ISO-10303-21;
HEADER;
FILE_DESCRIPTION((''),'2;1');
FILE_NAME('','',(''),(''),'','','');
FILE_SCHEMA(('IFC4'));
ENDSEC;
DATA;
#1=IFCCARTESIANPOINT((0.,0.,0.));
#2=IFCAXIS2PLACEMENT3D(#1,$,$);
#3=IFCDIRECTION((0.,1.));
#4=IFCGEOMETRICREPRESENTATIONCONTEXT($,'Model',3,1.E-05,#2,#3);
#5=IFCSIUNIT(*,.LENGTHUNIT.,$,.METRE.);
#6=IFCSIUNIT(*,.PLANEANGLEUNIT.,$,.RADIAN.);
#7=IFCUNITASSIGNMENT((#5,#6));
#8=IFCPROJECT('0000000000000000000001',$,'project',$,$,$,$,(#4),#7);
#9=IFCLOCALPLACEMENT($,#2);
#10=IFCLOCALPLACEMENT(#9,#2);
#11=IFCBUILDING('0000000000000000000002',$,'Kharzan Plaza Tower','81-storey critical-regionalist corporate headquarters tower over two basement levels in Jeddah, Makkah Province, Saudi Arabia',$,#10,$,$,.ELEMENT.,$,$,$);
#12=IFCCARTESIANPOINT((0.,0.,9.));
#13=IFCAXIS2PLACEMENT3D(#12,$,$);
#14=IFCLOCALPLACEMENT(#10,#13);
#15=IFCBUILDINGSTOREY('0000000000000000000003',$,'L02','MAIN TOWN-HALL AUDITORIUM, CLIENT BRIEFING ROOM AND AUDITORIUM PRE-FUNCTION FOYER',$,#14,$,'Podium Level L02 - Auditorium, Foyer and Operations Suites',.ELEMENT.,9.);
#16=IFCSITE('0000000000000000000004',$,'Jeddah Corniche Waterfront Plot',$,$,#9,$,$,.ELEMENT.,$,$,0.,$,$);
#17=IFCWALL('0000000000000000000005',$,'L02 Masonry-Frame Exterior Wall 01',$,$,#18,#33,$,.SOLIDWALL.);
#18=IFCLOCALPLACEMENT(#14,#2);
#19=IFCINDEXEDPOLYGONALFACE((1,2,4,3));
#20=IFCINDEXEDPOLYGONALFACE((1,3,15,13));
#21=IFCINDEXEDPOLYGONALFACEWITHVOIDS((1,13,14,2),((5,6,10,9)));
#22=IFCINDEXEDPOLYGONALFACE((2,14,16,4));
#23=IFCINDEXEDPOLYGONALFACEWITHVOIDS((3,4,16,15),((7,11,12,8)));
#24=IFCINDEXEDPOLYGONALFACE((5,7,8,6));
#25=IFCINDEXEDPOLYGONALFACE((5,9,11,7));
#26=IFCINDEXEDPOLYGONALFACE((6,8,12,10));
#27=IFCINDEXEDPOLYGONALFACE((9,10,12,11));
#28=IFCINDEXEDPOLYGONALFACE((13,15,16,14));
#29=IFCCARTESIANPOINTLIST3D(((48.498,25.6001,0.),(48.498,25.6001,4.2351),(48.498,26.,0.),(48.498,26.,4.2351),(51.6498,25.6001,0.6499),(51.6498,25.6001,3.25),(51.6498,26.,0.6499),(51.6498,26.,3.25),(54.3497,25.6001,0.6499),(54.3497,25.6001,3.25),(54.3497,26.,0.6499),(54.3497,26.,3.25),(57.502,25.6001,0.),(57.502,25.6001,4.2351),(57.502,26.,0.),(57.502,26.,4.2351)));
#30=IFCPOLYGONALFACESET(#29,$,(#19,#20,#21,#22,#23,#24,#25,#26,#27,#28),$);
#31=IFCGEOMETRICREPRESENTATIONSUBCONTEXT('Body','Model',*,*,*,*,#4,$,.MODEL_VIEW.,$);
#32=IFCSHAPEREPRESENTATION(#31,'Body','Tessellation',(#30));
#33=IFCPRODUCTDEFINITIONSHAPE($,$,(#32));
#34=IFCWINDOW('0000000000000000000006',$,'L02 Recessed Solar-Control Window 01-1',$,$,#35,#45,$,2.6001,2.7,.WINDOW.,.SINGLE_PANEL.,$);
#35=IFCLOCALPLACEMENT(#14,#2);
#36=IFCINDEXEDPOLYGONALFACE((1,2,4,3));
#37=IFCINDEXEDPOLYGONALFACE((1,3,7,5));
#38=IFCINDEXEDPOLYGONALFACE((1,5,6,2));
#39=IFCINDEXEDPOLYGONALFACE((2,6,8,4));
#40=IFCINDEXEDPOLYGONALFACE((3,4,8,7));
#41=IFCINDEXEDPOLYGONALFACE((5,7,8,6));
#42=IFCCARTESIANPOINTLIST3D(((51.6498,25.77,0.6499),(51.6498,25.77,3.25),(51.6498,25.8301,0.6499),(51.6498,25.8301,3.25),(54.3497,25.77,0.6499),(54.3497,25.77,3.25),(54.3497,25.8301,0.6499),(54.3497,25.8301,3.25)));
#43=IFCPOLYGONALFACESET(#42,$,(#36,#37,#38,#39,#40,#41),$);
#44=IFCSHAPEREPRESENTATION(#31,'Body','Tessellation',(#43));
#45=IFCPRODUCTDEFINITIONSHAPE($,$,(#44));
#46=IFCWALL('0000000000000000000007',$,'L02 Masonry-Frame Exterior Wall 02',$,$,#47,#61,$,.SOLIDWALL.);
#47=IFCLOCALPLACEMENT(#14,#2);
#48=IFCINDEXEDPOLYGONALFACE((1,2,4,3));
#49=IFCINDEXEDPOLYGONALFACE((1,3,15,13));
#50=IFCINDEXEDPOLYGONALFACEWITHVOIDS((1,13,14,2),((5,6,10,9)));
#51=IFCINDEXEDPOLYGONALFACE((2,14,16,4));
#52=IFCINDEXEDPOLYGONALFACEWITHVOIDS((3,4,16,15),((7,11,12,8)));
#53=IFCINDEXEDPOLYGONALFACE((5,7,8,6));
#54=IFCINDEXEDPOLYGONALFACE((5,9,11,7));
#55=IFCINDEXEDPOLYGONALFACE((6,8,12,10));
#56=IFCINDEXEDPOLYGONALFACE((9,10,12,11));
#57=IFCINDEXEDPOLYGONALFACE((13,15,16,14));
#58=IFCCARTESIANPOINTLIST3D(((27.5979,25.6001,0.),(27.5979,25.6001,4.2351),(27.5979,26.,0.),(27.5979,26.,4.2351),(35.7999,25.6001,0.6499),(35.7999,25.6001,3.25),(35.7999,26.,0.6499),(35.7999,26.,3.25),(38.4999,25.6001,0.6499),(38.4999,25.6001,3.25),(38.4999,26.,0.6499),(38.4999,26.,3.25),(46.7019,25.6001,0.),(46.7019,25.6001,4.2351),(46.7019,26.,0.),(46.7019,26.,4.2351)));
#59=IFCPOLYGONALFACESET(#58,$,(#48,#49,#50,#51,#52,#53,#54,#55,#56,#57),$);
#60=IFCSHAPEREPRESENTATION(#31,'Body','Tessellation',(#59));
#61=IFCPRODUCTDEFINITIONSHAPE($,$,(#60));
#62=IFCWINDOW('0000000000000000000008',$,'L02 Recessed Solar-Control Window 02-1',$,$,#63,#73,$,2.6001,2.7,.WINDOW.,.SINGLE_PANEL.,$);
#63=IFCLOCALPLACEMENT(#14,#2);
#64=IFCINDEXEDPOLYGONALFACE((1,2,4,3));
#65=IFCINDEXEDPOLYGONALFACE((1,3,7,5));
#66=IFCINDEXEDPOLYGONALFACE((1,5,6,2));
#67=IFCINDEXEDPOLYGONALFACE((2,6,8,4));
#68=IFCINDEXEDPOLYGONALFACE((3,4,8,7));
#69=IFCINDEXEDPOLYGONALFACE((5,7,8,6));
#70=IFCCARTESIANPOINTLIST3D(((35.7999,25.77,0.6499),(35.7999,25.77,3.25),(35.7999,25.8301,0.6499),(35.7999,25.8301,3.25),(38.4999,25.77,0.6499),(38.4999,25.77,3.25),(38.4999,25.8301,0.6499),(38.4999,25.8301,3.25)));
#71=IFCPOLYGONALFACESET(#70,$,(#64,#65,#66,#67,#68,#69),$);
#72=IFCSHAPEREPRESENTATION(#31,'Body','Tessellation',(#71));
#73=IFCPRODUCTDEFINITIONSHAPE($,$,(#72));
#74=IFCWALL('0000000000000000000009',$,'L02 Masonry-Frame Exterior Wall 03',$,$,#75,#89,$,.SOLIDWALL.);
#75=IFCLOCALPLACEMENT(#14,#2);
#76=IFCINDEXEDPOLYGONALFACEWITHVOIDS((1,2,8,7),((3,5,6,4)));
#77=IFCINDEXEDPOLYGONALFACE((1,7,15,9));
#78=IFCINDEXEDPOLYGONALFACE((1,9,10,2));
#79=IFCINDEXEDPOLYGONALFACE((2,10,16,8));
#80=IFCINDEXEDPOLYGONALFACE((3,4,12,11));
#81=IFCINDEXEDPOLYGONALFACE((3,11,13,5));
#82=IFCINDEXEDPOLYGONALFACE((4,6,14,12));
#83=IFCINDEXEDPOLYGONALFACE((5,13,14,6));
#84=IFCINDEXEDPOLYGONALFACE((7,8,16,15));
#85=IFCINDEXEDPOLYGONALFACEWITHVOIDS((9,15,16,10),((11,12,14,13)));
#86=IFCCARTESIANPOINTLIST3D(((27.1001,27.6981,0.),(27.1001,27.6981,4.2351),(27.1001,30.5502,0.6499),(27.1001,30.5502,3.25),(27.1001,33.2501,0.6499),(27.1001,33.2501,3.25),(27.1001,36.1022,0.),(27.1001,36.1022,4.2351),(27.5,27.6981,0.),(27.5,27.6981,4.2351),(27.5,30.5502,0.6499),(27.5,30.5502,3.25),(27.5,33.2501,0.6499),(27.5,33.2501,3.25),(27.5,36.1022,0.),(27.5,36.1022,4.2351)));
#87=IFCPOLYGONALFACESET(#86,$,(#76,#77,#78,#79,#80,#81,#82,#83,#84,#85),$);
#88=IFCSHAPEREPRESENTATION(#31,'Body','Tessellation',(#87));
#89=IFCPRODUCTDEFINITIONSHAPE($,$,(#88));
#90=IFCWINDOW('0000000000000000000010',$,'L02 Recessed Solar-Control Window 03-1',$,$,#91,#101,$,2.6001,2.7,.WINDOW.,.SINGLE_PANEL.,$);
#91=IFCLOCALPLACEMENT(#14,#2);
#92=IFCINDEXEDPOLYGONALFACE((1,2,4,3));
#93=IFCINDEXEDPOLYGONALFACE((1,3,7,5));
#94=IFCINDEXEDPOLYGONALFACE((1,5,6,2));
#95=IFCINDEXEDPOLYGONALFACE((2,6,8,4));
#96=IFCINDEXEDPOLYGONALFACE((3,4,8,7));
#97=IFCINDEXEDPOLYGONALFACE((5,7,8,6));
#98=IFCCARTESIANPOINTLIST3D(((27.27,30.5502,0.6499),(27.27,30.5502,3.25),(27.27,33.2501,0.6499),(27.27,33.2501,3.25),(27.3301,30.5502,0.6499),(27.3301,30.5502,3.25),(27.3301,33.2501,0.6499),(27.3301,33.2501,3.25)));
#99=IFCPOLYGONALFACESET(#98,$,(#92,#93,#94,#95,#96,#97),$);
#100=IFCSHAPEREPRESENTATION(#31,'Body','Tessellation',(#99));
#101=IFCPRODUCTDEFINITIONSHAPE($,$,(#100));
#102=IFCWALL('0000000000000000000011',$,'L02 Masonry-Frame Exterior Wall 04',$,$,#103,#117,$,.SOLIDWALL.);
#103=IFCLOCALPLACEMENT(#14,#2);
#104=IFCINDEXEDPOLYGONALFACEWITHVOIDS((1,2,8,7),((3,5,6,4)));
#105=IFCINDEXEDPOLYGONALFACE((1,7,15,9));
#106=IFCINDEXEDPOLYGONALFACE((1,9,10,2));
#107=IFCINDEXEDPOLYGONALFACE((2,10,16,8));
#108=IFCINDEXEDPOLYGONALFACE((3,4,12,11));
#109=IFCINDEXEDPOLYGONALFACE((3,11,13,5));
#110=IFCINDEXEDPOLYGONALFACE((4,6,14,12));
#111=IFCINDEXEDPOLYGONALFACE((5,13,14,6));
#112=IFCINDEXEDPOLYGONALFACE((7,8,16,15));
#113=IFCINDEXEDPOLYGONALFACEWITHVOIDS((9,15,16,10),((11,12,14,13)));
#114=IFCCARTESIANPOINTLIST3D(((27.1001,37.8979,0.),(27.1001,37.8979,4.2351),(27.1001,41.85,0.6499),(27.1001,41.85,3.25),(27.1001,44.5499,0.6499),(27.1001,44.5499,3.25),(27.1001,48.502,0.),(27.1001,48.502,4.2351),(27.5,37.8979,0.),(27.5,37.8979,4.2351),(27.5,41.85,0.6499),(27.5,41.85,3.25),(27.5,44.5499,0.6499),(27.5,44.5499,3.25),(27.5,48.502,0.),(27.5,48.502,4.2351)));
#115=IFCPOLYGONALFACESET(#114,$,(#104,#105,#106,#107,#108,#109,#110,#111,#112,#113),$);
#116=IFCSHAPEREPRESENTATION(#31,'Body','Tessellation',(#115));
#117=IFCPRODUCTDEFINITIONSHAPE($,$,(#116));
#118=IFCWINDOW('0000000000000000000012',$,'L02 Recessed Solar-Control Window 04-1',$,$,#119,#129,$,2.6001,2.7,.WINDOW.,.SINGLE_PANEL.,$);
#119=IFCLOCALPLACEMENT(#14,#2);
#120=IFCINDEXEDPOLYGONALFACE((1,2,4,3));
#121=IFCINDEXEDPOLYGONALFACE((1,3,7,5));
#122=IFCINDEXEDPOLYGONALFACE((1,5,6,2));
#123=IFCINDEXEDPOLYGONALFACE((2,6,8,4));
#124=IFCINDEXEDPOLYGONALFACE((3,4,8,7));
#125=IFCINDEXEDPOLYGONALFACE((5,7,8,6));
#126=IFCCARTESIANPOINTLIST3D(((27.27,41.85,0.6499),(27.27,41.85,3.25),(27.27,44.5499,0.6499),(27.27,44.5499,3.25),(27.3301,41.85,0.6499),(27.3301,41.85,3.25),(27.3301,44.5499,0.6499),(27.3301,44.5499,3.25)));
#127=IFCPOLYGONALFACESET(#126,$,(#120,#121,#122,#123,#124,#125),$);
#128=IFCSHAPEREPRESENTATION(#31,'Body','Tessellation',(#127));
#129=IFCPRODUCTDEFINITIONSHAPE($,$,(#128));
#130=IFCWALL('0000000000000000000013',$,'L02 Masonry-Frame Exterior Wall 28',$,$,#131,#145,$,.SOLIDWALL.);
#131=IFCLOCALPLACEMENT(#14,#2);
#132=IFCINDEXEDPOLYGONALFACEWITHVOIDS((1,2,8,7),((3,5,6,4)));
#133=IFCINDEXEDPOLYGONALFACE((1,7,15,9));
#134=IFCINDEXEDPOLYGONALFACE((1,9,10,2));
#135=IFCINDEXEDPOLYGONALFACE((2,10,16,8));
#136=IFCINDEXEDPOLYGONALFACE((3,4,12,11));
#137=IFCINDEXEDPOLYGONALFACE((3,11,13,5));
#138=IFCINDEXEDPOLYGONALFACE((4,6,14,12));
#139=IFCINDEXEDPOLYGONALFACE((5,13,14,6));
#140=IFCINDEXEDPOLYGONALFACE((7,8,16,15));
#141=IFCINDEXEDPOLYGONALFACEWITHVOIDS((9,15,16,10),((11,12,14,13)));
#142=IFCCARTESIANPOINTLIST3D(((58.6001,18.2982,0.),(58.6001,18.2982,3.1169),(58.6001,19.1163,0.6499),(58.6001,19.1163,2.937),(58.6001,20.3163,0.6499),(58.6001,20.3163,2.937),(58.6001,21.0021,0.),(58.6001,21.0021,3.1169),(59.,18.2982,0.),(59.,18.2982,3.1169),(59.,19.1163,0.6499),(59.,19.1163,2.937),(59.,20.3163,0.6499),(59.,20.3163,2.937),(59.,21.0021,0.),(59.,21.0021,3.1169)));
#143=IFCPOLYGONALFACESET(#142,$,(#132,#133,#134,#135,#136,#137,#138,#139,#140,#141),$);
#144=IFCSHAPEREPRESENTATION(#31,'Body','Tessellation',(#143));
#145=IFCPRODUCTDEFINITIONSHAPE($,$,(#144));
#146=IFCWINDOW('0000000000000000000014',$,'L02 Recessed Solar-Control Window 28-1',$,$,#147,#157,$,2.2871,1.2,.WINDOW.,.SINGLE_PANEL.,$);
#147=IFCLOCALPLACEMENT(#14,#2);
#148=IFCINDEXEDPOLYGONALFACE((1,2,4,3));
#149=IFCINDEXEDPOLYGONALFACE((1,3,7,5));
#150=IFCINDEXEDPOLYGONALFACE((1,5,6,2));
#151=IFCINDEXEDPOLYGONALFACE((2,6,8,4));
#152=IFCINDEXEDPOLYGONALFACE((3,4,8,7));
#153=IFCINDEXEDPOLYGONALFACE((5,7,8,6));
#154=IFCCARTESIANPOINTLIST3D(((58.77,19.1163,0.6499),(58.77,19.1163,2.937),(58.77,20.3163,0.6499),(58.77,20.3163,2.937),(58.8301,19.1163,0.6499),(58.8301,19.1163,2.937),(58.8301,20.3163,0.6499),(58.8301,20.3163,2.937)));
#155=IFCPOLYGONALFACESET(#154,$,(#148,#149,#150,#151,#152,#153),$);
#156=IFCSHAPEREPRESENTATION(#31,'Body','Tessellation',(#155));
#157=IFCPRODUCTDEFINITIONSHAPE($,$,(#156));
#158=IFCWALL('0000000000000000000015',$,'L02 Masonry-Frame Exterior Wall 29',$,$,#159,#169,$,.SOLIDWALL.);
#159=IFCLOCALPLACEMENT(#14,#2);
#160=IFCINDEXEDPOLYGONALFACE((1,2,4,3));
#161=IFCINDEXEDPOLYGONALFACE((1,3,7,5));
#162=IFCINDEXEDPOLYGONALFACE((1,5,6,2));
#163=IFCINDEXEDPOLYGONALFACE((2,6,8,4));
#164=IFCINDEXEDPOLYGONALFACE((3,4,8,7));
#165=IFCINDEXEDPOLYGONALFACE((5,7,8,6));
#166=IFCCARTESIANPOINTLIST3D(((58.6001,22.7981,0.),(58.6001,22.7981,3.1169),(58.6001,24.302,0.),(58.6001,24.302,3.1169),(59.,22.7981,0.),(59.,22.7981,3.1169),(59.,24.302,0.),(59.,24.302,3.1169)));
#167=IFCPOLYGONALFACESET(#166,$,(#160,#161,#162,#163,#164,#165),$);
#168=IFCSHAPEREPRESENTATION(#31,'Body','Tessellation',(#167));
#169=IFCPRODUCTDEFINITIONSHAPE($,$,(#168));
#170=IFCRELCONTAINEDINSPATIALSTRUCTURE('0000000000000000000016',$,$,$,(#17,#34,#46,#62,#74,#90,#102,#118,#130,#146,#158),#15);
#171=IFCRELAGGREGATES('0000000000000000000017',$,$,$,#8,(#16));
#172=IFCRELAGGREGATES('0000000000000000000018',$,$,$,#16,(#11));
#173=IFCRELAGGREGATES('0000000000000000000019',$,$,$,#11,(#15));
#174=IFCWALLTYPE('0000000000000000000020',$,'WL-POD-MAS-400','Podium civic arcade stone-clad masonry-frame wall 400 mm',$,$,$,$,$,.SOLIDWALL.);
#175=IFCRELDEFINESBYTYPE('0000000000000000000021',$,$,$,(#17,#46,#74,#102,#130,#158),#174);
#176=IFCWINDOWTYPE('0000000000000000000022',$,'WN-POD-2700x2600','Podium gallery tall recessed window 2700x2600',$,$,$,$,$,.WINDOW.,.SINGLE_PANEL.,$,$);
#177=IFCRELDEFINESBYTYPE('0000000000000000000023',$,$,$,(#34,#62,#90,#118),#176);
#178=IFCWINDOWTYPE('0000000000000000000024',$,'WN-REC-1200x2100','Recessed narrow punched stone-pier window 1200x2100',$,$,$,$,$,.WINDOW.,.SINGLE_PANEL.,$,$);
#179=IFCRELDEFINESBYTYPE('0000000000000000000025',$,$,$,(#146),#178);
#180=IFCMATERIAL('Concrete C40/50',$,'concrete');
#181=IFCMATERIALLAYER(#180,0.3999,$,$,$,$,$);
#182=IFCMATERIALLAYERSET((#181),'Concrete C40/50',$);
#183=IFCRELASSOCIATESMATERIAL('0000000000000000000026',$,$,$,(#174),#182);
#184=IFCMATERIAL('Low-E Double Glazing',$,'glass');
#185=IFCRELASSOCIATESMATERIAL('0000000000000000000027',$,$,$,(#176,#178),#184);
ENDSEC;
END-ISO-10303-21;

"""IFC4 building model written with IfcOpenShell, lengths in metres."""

from ifc_helpers import new_model, si_unit, direction, frame, frame_2d, origin, place, context, subcontext, project, spatial, rectangle, extrude, source, transform, mapped, material, layer, layer_set, type_object, element, fill, save


model = new_model("IFC4")

# Units and contexts
model_context = context("Model", 3, precision=1e-05, world=origin(), true_north=direction((0.0, 1.0)))
body_context = subcontext(model_context, "Body", "Model", "MODEL_VIEW")
ifc_project = project(units=[si_unit("LENGTHUNIT", "METRE"), si_unit("PLANEANGLEUNIT", "RADIAN")], contexts=[model_context])

# Site, building, storey
site_placement = place(None, origin())
site = spatial("IfcSite", under=ifc_project, at=site_placement, Name="Jeddah Corniche Waterfront Plot", CompositionType="ELEMENT", RefElevation=0.0)
building_placement = place(site_placement, origin())
building = spatial("IfcBuilding", under=site, at=building_placement, Name="Kharzan Plaza Tower", Description="81-storey critical-regionalist corporate headquarters tower over two basement levels in Jeddah, Makkah Province, Saudi Arabia", CompositionType="ELEMENT")
storey_placement = place(building_placement, frame((0.0, 0.0, 9.0)))
storey = spatial("IfcBuildingStorey", under=building, at=storey_placement, Name="L02", Description="MAIN TOWN-HALL AUDITORIUM, CLIENT BRIEFING ROOM AND AUDITORIUM PRE-FUNCTION FOYER", LongName="Podium Level L02 - Auditorium, Foyer and Operations Suites", CompositionType="ELEMENT", Elevation=9.0)

# Walls, openings, windows
ifc_material_1 = material(Name="Concrete C40/50", Category="concrete")
ifc_layer_1 = layer(ifc_material_1, 0.3999)
ifc_layer_set_1 = layer_set([ifc_layer_1], Name="Concrete C40/50")
wall_type_1 = type_object("IfcWallType", Name="WL-POD-MAS-400", Description="Podium civic arcade stone-clad masonry-frame wall 400 mm", PredefinedType="SOLIDWALL", material=ifc_layer_set_1)
wall_1_placement = place(storey_placement, frame((57.502, 25.8, 0.0), z_axis=(0.0, 0.0, 1.0), x_axis=(-1.0, 0.0, 0.0)))
wall_1 = element("IfcWall", 1, at=wall_1_placement, inside=storey, type_object=wall_type_1, Name="L02 Masonry-Frame Exterior Wall 01", PredefinedType="SOLIDWALL", context=body_context, shape_type="SweptSolid", body=[
    extrude(rectangle(XDim=9.0039, YDim=0.3999, at=frame_2d((4.502, 0.0))), origin(), (0.0, 0.0, 1.0), 4.2351),
])
opening_1_placement = place(wall_1_placement, frame((3.1521, 0.0, 0.6499)))
opening_1 = element("IfcOpeningElement", 2, at=opening_1_placement, cuts=wall_1, PredefinedType="OPENING", context=body_context, shape_type="SweptSolid", body=[
    extrude(rectangle(XDim=2.7, YDim=2.6001, at=frame_2d((1.3501, 1.3))), frame((0.0, 0.21, 0.0), z_axis=(0.0, -1.0, 0.0), x_axis=(1.0, 0.0, 0.0)), (0.0, 0.0, 1.0), 0.4199),
])
ifc_material_2 = material(Name="Low-E Double Glazing", Category="glass")
window_type_1 = type_object("IfcWindowType", Name="WN-POD-2700x2600", Description="Podium gallery tall recessed window 2700x2600", PartitioningType="SINGLE_PANEL", PredefinedType="WINDOW", material=ifc_material_2)
shared_shape_1 = source(origin(), body_context, "Body", "SweptSolid", [
    extrude(rectangle(XDim=2.7, YDim=2.6001, at=frame_2d((1.3501, 1.3))), frame((0.0, 0.03, 0.0), z_axis=(0.0, -1.0, 0.0), x_axis=(1.0, 0.0, 0.0)), (0.0, 0.0, 1.0), 0.0601),
])
window_1_placement = place(opening_1_placement, origin())
window_1 = element("IfcWindow", 3, at=window_1_placement, inside=storey, type_object=window_type_1, Name="L02 Recessed Solar-Control Window 01-1", OverallHeight=2.6001, OverallWidth=2.7, PartitioningType="SINGLE_PANEL", PredefinedType="WINDOW", context=body_context, shape_type="MappedRepresentation", body=[
    mapped(shared_shape_1, transform((0.0, 0.0, 0.0), x_axis=(1.0, 0.0, 0.0), y_axis=(0.0, 1.0, 0.0), z_axis=(0.0, 0.0, 1.0))),
])
fill(opening_1, window_1)
wall_2_placement = place(storey_placement, frame((46.7019, 25.8, 0.0), z_axis=(0.0, 0.0, 1.0), x_axis=(-1.0, 0.0, 0.0)))
wall_2 = element("IfcWall", 4, at=wall_2_placement, inside=storey, type_object=wall_type_1, Name="L02 Masonry-Frame Exterior Wall 02", PredefinedType="SOLIDWALL", context=body_context, shape_type="SweptSolid", body=[
    extrude(rectangle(XDim=19.104, YDim=0.3999, at=frame_2d((9.552, 0.0))), origin(), (0.0, 0.0, 1.0), 4.2351),
])
opening_2_placement = place(wall_2_placement, frame((8.2019, 0.0, 0.6499)))
opening_2 = element("IfcOpeningElement", 5, at=opening_2_placement, cuts=wall_2, PredefinedType="OPENING", context=body_context, shape_type="SweptSolid", body=[
    extrude(rectangle(XDim=2.7, YDim=2.6001, at=frame_2d((1.3501, 1.3))), frame((0.0, 0.21, 0.0), z_axis=(0.0, -1.0, 0.0), x_axis=(1.0, 0.0, 0.0)), (0.0, 0.0, 1.0), 0.4199),
])
window_2_placement = place(opening_2_placement, origin())
window_2 = element("IfcWindow", 6, at=window_2_placement, inside=storey, type_object=window_type_1, Name="L02 Recessed Solar-Control Window 02-1", OverallHeight=2.6001, OverallWidth=2.7, PartitioningType="SINGLE_PANEL", PredefinedType="WINDOW", context=body_context, shape_type="MappedRepresentation", body=[
    mapped(shared_shape_1, transform((0.0, 0.0, 0.0), x_axis=(1.0, 0.0, 0.0), y_axis=(0.0, 1.0, 0.0), z_axis=(0.0, 0.0, 1.0))),
])
fill(opening_2, window_2)
wall_3_placement = place(storey_placement, frame((27.3, 27.698, 0.0), z_axis=(0.0, 0.0, 1.0), x_axis=(0.0, 1.0, 0.0)))
wall_3 = element("IfcWall", 7, at=wall_3_placement, inside=storey, type_object=wall_type_1, Name="L02 Masonry-Frame Exterior Wall 03", PredefinedType="SOLIDWALL", context=body_context, shape_type="SweptSolid", body=[
    extrude(rectangle(XDim=8.4041, YDim=0.3999, at=frame_2d((4.2021, 0.0))), origin(), (0.0, 0.0, 1.0), 4.2351),
])
opening_3_placement = place(wall_3_placement, frame((2.8521, 0.0, 0.6499)))
opening_3 = element("IfcOpeningElement", 8, at=opening_3_placement, cuts=wall_3, PredefinedType="OPENING", context=body_context, shape_type="SweptSolid", body=[
    extrude(rectangle(XDim=2.7, YDim=2.6001, at=frame_2d((1.3501, 1.3))), frame((0.0, 0.21, 0.0), z_axis=(0.0, -1.0, 0.0), x_axis=(1.0, 0.0, 0.0)), (0.0, 0.0, 1.0), 0.4199),
])
window_3_placement = place(opening_3_placement, origin())
window_3 = element("IfcWindow", 9, at=window_3_placement, inside=storey, type_object=window_type_1, Name="L02 Recessed Solar-Control Window 03-1", OverallHeight=2.6001, OverallWidth=2.7, PartitioningType="SINGLE_PANEL", PredefinedType="WINDOW", context=body_context, shape_type="MappedRepresentation", body=[
    mapped(shared_shape_1, transform((0.0, 0.0, 0.0), x_axis=(1.0, 0.0, 0.0), y_axis=(0.0, 1.0, 0.0), z_axis=(0.0, 0.0, 1.0))),
])
fill(opening_3, window_3)
wall_4_placement = place(storey_placement, frame((27.3, 37.8979, 0.0), z_axis=(0.0, 0.0, 1.0), x_axis=(0.0, 1.0, 0.0)))
wall_4 = element("IfcWall", 10, at=wall_4_placement, inside=storey, type_object=wall_type_1, Name="L02 Masonry-Frame Exterior Wall 04", PredefinedType="SOLIDWALL", context=body_context, shape_type="SweptSolid", body=[
    extrude(rectangle(XDim=10.604, YDim=0.3999, at=frame_2d((5.302, 0.0))), origin(), (0.0, 0.0, 1.0), 4.2351),
])
opening_4_placement = place(wall_4_placement, frame((3.9519, 0.0, 0.6499)))
opening_4 = element("IfcOpeningElement", 11, at=opening_4_placement, cuts=wall_4, PredefinedType="OPENING", context=body_context, shape_type="SweptSolid", body=[
    extrude(rectangle(XDim=2.7, YDim=2.6001, at=frame_2d((1.3501, 1.3))), frame((0.0, 0.21, 0.0), z_axis=(0.0, -1.0, 0.0), x_axis=(1.0, 0.0, 0.0)), (0.0, 0.0, 1.0), 0.4199),
])
window_4_placement = place(opening_4_placement, origin())
window_4 = element("IfcWindow", 12, at=window_4_placement, inside=storey, type_object=window_type_1, Name="L02 Recessed Solar-Control Window 04-1", OverallHeight=2.6001, OverallWidth=2.7, PartitioningType="SINGLE_PANEL", PredefinedType="WINDOW", context=body_context, shape_type="MappedRepresentation", body=[
    mapped(shared_shape_1, transform((0.0, 0.0, 0.0), x_axis=(1.0, 0.0, 0.0), y_axis=(0.0, 1.0, 0.0), z_axis=(0.0, 0.0, 1.0))),
])
fill(opening_4, window_4)
wall_5_placement = place(storey_placement, frame((58.8, 18.2981, 0.0), z_axis=(0.0, 0.0, 1.0), x_axis=(0.0, 1.0, 0.0)))
wall_5 = element("IfcWall", 13, at=wall_5_placement, inside=storey, type_object=wall_type_1, Name="L02 Masonry-Frame Exterior Wall 28", PredefinedType="SOLIDWALL", context=body_context, shape_type="SweptSolid", body=[
    extrude(rectangle(XDim=2.7039, YDim=0.3999, at=frame_2d((1.3521, 0.0))), origin(), (0.0, 0.0, 1.0), 3.1169),
])
opening_5_placement = place(wall_5_placement, frame((0.8181, 0.0, 0.6499)))
opening_5 = element("IfcOpeningElement", 14, at=opening_5_placement, cuts=wall_5, PredefinedType="OPENING", context=body_context, shape_type="SweptSolid", body=[
    extrude(rectangle(XDim=1.2, YDim=2.2871, at=frame_2d((0.6001, 1.1436))), frame((0.0, 0.21, 0.0), z_axis=(0.0, -1.0, 0.0), x_axis=(1.0, 0.0, 0.0)), (0.0, 0.0, 1.0), 0.4199),
])
window_type_2 = type_object("IfcWindowType", Name="WN-REC-1200x2100", Description="Recessed narrow punched stone-pier window 1200x2100", PartitioningType="SINGLE_PANEL", PredefinedType="WINDOW", material=ifc_material_2)
shared_shape_2 = source(origin(), body_context, "Body", "SweptSolid", [
    extrude(rectangle(XDim=1.2, YDim=2.2871, at=frame_2d((0.6001, 1.1436))), frame((0.0, 0.03, 0.0), z_axis=(0.0, -1.0, 0.0), x_axis=(1.0, 0.0, 0.0)), (0.0, 0.0, 1.0), 0.0601),
])
window_5_placement = place(opening_5_placement, origin())
window_5 = element("IfcWindow", 15, at=window_5_placement, inside=storey, type_object=window_type_2, Name="L02 Recessed Solar-Control Window 28-1", OverallHeight=2.2871, OverallWidth=1.2, PartitioningType="SINGLE_PANEL", PredefinedType="WINDOW", context=body_context, shape_type="MappedRepresentation", body=[
    mapped(shared_shape_2, transform((0.0, 0.0, 0.0), x_axis=(1.0, 0.0, 0.0), y_axis=(0.0, 1.0, 0.0), z_axis=(0.0, 0.0, 1.0))),
])
fill(opening_5, window_5)

# Wall
shared_shape_3 = source(origin(), body_context, "Body", "SweptSolid", [
    extrude(rectangle(XDim=1.5039, YDim=0.3999, at=frame_2d((0.752, 0.0))), origin(), (0.0, 0.0, 1.0), 3.1169),
])
wall_6_placement = place(storey_placement, frame((58.8, 22.7981, 0.0), z_axis=(0.0, 0.0, 1.0), x_axis=(0.0, 1.0, 0.0)))
element("IfcWall", 16, at=wall_6_placement, inside=storey, type_object=wall_type_1, Name="L02 Masonry-Frame Exterior Wall 29", PredefinedType="SOLIDWALL", context=body_context, shape_type="MappedRepresentation", body=[
    mapped(shared_shape_3, transform((0.0, 0.0, 0.0), x_axis=(1.0, 0.0, 0.0), y_axis=(0.0, 1.0, 0.0), z_axis=(0.0, 0.0, 1.0))),
])

save(model, "model.ifc")
